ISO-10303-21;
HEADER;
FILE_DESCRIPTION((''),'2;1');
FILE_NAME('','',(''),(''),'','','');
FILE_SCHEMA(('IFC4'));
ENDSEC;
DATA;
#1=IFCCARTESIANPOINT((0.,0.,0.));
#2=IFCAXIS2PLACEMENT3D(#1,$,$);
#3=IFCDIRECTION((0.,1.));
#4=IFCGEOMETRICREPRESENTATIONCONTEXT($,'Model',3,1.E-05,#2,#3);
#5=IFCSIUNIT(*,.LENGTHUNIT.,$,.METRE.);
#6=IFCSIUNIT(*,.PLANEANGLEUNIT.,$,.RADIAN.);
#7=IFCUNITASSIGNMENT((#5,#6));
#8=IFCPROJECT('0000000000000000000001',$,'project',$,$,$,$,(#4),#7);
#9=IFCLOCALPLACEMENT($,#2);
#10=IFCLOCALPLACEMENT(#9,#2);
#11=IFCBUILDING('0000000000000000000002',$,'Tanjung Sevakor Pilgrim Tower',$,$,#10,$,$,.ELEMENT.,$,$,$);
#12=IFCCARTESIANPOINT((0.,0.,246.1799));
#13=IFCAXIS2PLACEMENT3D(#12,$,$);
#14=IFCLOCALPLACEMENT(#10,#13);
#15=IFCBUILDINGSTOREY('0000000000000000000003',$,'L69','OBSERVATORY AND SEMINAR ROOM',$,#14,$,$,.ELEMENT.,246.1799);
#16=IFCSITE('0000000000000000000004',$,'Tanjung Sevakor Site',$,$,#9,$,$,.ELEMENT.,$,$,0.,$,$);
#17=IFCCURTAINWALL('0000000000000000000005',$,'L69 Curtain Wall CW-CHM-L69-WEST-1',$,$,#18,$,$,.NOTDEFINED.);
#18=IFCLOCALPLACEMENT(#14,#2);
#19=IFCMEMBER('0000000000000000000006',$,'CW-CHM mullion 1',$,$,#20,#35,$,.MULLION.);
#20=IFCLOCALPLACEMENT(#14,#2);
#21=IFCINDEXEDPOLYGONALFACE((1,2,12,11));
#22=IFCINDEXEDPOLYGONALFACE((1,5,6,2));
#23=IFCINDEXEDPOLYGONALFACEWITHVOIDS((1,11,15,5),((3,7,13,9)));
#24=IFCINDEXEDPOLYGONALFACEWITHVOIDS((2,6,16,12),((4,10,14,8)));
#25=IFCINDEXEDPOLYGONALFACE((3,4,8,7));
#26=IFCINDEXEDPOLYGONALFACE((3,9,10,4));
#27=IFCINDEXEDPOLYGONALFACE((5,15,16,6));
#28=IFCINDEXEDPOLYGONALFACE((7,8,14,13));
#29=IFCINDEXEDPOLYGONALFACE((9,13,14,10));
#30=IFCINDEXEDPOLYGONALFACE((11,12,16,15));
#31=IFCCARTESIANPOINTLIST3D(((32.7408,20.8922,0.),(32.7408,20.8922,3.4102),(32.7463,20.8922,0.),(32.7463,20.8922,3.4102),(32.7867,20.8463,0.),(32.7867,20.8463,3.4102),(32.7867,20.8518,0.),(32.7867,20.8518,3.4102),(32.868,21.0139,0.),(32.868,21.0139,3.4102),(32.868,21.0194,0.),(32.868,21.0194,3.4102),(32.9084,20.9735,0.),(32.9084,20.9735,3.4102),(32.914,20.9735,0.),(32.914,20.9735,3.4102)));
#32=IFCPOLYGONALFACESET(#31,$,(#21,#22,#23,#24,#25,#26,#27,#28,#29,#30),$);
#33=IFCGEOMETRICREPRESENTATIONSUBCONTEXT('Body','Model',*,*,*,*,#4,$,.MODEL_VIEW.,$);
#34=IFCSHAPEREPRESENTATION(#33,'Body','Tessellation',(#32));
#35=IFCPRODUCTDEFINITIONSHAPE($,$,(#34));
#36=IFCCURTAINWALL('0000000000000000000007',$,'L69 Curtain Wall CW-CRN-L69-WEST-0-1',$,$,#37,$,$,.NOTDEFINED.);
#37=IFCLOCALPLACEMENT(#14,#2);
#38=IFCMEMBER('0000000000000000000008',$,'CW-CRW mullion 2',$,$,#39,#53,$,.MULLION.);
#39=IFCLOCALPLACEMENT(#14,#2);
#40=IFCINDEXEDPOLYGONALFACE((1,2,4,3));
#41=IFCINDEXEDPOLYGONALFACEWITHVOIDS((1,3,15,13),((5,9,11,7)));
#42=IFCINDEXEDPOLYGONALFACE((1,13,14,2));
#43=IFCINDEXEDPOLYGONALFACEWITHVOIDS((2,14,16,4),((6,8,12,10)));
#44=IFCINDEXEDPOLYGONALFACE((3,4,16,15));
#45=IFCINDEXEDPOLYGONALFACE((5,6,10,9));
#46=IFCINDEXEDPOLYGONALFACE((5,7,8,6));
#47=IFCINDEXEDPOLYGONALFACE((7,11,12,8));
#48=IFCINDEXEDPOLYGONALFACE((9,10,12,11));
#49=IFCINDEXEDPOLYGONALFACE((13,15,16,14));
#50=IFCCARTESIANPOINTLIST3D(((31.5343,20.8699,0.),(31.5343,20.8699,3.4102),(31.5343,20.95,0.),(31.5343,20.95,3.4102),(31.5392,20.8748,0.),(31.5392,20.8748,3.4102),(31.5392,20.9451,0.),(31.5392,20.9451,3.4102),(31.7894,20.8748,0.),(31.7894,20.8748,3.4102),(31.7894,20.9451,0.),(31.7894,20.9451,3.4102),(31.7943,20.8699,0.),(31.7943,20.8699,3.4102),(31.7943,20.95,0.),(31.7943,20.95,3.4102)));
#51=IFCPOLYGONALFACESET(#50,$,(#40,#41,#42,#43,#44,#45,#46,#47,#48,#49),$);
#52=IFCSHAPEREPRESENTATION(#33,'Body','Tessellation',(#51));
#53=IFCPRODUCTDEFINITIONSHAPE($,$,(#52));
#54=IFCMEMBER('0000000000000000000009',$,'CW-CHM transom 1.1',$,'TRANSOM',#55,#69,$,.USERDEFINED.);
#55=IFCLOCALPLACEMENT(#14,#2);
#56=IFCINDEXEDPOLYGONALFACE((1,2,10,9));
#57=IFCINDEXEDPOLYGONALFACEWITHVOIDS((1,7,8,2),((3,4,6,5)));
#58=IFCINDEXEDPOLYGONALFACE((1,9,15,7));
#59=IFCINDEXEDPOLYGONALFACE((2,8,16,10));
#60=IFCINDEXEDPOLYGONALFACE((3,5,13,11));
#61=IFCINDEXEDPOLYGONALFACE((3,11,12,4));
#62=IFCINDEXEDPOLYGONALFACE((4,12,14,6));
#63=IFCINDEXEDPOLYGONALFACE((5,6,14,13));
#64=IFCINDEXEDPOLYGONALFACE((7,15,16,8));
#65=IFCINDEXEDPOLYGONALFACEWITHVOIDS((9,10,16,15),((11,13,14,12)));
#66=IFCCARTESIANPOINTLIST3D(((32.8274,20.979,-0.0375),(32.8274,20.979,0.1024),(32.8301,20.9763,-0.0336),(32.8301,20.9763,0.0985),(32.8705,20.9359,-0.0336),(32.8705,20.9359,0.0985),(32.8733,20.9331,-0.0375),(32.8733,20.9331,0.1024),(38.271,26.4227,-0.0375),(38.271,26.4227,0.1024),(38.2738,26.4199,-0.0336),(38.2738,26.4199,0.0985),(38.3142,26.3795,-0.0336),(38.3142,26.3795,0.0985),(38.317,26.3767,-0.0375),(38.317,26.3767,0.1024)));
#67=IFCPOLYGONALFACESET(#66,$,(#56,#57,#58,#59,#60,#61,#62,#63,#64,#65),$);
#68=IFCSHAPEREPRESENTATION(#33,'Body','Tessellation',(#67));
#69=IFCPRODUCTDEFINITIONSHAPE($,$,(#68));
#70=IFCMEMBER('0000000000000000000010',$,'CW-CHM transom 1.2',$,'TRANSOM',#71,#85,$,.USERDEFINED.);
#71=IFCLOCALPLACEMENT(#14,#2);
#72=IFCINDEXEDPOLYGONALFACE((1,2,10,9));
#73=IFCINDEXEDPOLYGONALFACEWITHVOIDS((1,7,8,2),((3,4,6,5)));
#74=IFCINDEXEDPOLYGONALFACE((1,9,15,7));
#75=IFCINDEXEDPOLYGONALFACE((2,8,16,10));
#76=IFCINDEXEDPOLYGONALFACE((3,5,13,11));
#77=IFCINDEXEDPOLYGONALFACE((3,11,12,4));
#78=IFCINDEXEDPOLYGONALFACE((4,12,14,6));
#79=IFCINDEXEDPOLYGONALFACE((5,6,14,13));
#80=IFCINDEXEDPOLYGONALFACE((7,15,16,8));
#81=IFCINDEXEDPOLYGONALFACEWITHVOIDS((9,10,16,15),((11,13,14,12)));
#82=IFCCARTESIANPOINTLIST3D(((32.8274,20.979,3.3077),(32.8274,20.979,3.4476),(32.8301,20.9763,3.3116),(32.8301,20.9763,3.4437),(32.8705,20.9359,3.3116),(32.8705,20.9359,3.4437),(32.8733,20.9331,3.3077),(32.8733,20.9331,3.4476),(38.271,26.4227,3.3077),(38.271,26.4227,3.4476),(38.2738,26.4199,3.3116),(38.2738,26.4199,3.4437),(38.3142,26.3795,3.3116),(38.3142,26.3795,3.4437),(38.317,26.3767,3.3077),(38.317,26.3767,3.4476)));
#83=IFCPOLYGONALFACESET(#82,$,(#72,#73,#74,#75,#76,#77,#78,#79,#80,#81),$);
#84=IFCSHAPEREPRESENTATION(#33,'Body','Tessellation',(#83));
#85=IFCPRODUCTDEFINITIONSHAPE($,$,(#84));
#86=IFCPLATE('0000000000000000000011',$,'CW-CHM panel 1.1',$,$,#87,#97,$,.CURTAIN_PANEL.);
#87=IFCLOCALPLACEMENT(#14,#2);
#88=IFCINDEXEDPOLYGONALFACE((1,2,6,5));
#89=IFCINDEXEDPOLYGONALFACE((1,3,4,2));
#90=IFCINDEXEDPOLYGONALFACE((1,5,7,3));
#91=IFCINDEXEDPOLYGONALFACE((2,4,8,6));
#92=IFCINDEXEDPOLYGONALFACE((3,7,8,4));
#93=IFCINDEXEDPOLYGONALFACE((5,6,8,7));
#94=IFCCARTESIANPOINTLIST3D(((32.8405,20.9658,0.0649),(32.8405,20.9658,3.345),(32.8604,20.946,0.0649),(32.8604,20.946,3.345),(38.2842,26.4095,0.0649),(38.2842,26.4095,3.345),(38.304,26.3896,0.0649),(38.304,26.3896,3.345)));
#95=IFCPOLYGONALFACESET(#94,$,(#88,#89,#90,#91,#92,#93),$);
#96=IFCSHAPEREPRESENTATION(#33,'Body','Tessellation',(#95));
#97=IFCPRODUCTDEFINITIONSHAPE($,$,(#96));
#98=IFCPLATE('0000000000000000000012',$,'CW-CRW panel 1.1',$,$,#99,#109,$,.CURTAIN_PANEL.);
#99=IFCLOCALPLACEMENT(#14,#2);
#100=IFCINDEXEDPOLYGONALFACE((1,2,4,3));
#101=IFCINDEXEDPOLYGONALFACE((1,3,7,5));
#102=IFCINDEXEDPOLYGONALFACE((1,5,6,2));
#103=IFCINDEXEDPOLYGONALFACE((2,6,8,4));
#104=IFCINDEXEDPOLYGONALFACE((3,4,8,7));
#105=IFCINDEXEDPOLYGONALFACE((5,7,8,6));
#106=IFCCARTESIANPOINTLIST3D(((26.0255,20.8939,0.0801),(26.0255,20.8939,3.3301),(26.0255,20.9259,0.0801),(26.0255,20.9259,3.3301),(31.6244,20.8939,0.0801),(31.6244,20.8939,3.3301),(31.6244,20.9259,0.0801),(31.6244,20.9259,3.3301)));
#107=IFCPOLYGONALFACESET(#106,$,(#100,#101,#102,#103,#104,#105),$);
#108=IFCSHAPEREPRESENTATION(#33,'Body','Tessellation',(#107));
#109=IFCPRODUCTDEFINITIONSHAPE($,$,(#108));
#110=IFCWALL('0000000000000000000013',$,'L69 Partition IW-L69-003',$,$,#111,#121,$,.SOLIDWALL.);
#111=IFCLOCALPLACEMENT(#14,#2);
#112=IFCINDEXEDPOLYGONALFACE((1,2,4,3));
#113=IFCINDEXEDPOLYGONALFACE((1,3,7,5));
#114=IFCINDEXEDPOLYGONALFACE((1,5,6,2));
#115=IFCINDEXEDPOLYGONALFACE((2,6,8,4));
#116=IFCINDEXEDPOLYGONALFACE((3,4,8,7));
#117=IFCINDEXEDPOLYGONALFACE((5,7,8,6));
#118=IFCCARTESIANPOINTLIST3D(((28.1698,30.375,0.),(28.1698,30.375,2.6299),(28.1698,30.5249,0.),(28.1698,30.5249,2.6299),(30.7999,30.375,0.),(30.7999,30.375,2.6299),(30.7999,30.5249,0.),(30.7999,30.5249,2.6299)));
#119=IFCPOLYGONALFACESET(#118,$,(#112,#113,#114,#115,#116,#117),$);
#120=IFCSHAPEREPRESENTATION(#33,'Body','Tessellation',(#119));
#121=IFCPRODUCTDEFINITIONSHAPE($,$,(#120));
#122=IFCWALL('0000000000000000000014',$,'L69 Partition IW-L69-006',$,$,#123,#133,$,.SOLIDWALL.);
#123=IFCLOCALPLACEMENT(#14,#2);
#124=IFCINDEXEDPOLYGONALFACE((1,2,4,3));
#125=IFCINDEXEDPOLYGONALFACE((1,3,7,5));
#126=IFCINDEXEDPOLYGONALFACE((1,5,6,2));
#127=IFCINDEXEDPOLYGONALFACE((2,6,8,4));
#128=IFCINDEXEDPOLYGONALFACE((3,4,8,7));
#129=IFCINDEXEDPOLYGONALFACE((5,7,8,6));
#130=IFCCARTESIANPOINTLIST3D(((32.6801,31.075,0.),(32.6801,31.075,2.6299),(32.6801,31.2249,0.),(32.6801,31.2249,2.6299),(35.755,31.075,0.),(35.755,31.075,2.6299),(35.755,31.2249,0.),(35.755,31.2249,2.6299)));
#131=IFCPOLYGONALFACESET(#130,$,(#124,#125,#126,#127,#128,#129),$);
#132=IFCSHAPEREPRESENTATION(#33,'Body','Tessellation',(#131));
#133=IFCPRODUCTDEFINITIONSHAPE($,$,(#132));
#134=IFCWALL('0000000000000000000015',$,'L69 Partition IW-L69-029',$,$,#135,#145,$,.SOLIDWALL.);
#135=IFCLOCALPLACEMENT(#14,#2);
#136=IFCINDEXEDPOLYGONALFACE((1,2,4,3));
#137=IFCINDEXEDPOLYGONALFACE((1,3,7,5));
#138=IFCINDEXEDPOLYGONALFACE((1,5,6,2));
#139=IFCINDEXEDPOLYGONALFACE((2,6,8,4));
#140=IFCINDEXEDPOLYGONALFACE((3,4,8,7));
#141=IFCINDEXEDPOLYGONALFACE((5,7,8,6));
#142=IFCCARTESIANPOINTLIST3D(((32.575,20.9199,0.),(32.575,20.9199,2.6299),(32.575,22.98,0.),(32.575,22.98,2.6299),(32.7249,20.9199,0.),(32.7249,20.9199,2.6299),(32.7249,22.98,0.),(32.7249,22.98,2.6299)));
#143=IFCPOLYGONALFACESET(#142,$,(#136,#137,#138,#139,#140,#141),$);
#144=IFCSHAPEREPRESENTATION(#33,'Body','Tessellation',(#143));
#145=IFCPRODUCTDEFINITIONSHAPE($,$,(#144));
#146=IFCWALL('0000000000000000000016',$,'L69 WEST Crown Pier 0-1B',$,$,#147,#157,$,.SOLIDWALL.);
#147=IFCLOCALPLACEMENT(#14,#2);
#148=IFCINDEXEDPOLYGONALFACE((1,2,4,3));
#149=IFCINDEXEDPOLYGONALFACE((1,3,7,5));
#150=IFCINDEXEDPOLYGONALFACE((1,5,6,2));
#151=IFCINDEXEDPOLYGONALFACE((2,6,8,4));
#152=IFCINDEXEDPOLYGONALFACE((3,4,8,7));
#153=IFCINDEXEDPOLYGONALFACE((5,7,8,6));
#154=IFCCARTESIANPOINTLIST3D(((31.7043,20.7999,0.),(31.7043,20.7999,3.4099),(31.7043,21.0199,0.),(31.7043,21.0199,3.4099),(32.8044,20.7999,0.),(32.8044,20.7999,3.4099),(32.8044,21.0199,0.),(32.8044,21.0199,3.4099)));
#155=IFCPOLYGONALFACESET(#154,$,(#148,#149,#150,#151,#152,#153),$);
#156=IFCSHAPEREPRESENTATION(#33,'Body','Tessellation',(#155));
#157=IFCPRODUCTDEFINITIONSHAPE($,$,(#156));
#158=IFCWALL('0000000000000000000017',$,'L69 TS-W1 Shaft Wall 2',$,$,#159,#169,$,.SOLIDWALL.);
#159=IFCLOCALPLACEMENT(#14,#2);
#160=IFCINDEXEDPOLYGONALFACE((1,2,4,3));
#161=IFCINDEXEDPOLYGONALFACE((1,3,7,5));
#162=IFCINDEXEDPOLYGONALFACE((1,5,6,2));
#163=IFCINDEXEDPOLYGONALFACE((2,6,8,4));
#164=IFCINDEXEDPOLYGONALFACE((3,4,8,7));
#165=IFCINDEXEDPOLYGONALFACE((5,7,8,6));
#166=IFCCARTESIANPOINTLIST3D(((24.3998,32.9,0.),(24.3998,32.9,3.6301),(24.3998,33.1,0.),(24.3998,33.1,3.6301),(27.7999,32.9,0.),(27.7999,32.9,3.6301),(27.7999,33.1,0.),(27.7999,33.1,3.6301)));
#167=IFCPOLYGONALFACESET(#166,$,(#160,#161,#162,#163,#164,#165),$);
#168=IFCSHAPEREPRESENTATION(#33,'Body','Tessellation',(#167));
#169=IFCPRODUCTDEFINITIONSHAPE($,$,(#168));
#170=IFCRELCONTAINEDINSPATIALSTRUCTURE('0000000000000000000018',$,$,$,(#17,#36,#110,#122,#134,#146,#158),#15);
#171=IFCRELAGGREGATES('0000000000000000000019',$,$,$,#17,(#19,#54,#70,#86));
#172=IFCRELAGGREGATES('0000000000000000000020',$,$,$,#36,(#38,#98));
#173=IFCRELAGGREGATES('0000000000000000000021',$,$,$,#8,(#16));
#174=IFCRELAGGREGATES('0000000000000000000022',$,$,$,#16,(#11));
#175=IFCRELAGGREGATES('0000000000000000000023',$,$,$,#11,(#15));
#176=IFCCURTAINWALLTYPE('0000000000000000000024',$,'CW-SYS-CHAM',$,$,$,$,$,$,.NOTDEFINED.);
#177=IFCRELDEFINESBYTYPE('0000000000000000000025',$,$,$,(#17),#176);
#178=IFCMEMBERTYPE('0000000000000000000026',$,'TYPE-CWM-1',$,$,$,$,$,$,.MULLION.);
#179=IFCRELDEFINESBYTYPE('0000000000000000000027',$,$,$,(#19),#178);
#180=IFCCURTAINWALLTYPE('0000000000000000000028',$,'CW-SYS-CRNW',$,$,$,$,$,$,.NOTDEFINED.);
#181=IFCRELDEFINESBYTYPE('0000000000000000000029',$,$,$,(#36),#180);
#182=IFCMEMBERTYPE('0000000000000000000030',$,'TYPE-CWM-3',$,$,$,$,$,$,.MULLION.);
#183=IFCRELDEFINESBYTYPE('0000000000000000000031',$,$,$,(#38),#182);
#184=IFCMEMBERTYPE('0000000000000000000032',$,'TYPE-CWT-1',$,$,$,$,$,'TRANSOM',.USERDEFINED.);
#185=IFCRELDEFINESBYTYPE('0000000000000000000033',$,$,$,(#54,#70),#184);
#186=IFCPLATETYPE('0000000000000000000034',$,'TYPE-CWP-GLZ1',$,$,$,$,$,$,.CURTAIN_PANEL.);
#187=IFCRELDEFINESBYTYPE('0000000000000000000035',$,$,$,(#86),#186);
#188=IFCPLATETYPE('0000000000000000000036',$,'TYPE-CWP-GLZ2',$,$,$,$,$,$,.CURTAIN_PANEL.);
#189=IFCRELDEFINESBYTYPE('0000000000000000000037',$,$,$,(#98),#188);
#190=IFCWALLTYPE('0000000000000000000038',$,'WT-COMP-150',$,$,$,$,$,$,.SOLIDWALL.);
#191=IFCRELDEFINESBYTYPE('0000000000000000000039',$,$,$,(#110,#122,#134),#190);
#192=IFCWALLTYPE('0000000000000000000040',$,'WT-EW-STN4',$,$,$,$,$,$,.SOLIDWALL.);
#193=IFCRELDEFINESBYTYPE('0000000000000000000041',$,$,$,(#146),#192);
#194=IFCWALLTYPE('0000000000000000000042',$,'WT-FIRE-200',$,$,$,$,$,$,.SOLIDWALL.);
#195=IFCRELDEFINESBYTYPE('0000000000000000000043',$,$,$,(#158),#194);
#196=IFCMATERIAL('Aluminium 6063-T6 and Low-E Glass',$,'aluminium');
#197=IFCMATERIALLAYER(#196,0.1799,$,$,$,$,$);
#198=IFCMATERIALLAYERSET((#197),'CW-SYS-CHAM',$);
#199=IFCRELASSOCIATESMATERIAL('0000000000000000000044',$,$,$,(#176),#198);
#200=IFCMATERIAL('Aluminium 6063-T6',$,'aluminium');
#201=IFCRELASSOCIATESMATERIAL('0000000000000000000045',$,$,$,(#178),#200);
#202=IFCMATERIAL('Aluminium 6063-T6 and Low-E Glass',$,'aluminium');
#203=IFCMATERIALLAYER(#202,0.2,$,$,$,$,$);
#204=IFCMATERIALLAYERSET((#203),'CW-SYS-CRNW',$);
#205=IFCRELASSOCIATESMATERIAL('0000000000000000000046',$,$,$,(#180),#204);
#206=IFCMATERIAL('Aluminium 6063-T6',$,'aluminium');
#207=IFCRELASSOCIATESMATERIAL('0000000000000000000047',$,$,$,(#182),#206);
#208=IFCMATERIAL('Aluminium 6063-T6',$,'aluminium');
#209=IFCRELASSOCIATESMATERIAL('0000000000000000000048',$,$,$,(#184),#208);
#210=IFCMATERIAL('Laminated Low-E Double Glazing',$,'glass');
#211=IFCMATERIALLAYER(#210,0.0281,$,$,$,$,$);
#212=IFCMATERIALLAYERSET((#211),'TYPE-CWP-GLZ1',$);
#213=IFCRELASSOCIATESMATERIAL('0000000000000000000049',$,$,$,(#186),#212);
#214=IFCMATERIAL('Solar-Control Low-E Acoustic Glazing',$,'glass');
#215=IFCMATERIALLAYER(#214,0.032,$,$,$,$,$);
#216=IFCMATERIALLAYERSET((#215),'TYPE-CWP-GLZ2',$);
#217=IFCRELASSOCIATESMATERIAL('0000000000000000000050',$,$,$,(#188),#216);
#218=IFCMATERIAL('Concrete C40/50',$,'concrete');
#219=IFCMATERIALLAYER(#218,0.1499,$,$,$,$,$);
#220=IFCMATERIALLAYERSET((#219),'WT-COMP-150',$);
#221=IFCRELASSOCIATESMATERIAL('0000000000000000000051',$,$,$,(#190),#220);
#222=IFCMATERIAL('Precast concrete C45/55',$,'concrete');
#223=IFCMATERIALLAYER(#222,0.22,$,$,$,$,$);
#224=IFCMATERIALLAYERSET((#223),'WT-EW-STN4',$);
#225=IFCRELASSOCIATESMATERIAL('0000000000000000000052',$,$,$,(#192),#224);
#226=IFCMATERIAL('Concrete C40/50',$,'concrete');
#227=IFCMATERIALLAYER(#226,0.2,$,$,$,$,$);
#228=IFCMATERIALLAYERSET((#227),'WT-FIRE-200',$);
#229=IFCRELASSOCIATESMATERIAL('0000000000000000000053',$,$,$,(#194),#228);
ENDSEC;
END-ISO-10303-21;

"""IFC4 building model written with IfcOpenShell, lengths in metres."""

from ifc_helpers import new_model, si_unit, direction, frame, frame_2d, origin, origin_2d, place, context, subcontext, project, spatial, rectangle, hollow_rectangle, extrude, material, layer, layer_set, material_profile, profile_set, type_object, element, aggregate, save


model = new_model("IFC4")

# Units and contexts
model_context = context("Model", 3, precision=1e-05, world=origin(), true_north=direction((0.0, 1.0)))
body_context = subcontext(model_context, "Body", "Model", "MODEL_VIEW")
ifc_project = project(units=[si_unit("LENGTHUNIT", "METRE"), si_unit("PLANEANGLEUNIT", "RADIAN")], contexts=[model_context])

# Site, building, storey
site_placement = place(None, origin())
site = spatial("IfcSite", under=ifc_project, at=site_placement, Name="Tanjung Sevakor Site", CompositionType="ELEMENT", RefElevation=0.0)
building_placement = place(site_placement, origin())
building = spatial("IfcBuilding", under=site, at=building_placement, Name="Tanjung Sevakor Pilgrim Tower", CompositionType="ELEMENT")
storey_placement = place(building_placement, frame((0.0, 0.0, 246.1799)))
storey = spatial("IfcBuildingStorey", under=building, at=storey_placement, Name="L69", Description="OBSERVATORY AND SEMINAR ROOM", CompositionType="ELEMENT", Elevation=246.1799)

# Curtain walls, members
ifc_material_1 = material(Name="Aluminium 6063-T6 and Low-E Glass", Category="aluminium")
ifc_layer_1 = layer(ifc_material_1, 0.1799)
ifc_layer_set_1 = layer_set([ifc_layer_1], Name="CW-SYS-CHAM")
curtain_wall_type_1 = type_object("IfcCurtainWallType", Name="CW-SYS-CHAM", PredefinedType="NOTDEFINED", material=ifc_layer_set_1)
curtain_wall_1_placement = place(storey_placement, origin())
curtain_wall_1 = element("IfcCurtainWall", 1, at=curtain_wall_1_placement, inside=storey, type_object=curtain_wall_type_1, Name="L69 Curtain Wall CW-CHM-L69-WEST-1", PredefinedType="NOTDEFINED")
ifc_material_2 = material(Name="Aluminium 6063-T6", Category="aluminium")
ifc_material_profile_1 = material_profile(ifc_material_2, hollow_rectangle(XDim=0.0649, YDim=0.1799, WallThickness=0.0039, at=origin_2d()))
ifc_profile_set_1 = profile_set([ifc_material_profile_1], Name="Aluminium 6063-T6")
member_type_1 = type_object("IfcMemberType", Name="TYPE-CWM-1", PredefinedType="MULLION", material=ifc_profile_set_1)
member_1_placement = place(storey_placement, frame((32.8274, 20.9329, 0.0), z_axis=(0.0, 0.0, 1.0), x_axis=(-0.707107, 0.707107, 0.0)))
member_1 = element("IfcMember", 2, at=member_1_placement, type_object=member_type_1, Name="CW-CHM mullion 1", PredefinedType="MULLION", context=body_context, shape_type="SweptSolid", body=[
    extrude(hollow_rectangle(XDim=0.0649, YDim=0.1799, WallThickness=0.0039, at=origin_2d()), origin(), (0.0, 0.0, 1.0), 3.4102),
])
ifc_material_3 = material(Name="Aluminium 6063-T6 and Low-E Glass", Category="aluminium")
ifc_layer_2 = layer(ifc_material_3, 0.2)
ifc_layer_set_2 = layer_set([ifc_layer_2], Name="CW-SYS-CRNW")
curtain_wall_type_2 = type_object("IfcCurtainWallType", Name="CW-SYS-CRNW", PredefinedType="NOTDEFINED", material=ifc_layer_set_2)
curtain_wall_2_placement = place(storey_placement, origin())
curtain_wall_2 = element("IfcCurtainWall", 3, at=curtain_wall_2_placement, inside=storey, type_object=curtain_wall_type_2, Name="L69 Curtain Wall CW-CRN-L69-WEST-0-1", PredefinedType="NOTDEFINED")
ifc_material_4 = material(Name="Aluminium 6063-T6", Category="aluminium")
ifc_material_profile_2 = material_profile(ifc_material_4, hollow_rectangle(XDim=0.0801, YDim=0.26, WallThickness=0.0049, at=origin_2d()))
ifc_profile_set_2 = profile_set([ifc_material_profile_2], Name="Aluminium 6063-T6")
member_type_2 = type_object("IfcMemberType", Name="TYPE-CWM-3", PredefinedType="MULLION", material=ifc_profile_set_2)
member_2_placement = place(storey_placement, frame((31.6643, 20.9099, 0.0), z_axis=(0.0, 0.0, 1.0), x_axis=(0.0, 1.0, 0.0)))
member_2 = element("IfcMember", 4, at=member_2_placement, type_object=member_type_2, Name="CW-CRW mullion 2", PredefinedType="MULLION", context=body_context, shape_type="SweptSolid", body=[
    extrude(hollow_rectangle(XDim=0.0801, YDim=0.26, WallThickness=0.0049, at=origin_2d()), origin(), (0.0, 0.0, 1.0), 3.4102),
])

# Members
ifc_material_5 = material(Name="Aluminium 6063-T6", Category="aluminium")
ifc_material_profile_3 = material_profile(ifc_material_5, hollow_rectangle(XDim=0.0649, YDim=0.1399, WallThickness=0.0039, at=origin_2d()))
ifc_profile_set_3 = profile_set([ifc_material_profile_3], Name="Aluminium 6063-T6")
member_type_3 = type_object("IfcMemberType", Name="TYPE-CWT-1", ElementType="TRANSOM", PredefinedType="USERDEFINED", material=ifc_profile_set_3)
member_3_placement = place(storey_placement, frame((32.8503, 20.9561, 0.0325), z_axis=(0.707107, 0.707107, 0.0), x_axis=(-0.707107, 0.707107, 0.0)))
member_3 = element("IfcMember", 5, at=member_3_placement, type_object=member_type_3, Name="CW-CHM transom 1.1", ObjectType="TRANSOM", PredefinedType="USERDEFINED", context=body_context, shape_type="SweptSolid", body=[
    extrude(hollow_rectangle(XDim=0.0649, YDim=0.1399, WallThickness=0.0039, at=origin_2d()), origin(), (0.0, 0.0, 1.0), 7.6985),
])
member_4_placement = place(storey_placement, frame((32.8503, 20.9561, 3.3777), z_axis=(0.707107, 0.707107, 0.0), x_axis=(-0.707107, 0.707107, 0.0)))
member_4 = element("IfcMember", 6, at=member_4_placement, type_object=member_type_3, Name="CW-CHM transom 1.2", ObjectType="TRANSOM", PredefinedType="USERDEFINED", context=body_context, shape_type="SweptSolid", body=[
    extrude(hollow_rectangle(XDim=0.0649, YDim=0.1399, WallThickness=0.0039, at=origin_2d()), origin(), (0.0, 0.0, 1.0), 7.6985),
])

# Plates
ifc_material_6 = material(Name="Laminated Low-E Double Glazing", Category="glass")
ifc_layer_3 = layer(ifc_material_6, 0.0281)
ifc_layer_set_3 = layer_set([ifc_layer_3], Name="TYPE-CWP-GLZ1")
plate_type_1 = type_object("IfcPlateType", Name="TYPE-CWP-GLZ1", PredefinedType="CURTAIN_PANEL", material=ifc_layer_set_3)
plate_1_placement = place(storey_placement, frame((35.5723, 23.6777, 0.0649), z_axis=(0.0, 0.0, 1.0), x_axis=(0.707107, 0.707107, 0.0)))
plate_1 = element("IfcPlate", 7, at=plate_1_placement, type_object=plate_type_1, Name="CW-CHM panel 1.1", PredefinedType="CURTAIN_PANEL", context=body_context, shape_type="SweptSolid", body=[
    extrude(rectangle(XDim=7.6985, YDim=0.0281, at=origin_2d()), origin(), (0.0, 0.0, 1.0), 3.28),
])
aggregate(curtain_wall_1, [member_1, member_3, member_4, plate_1])
ifc_material_7 = material(Name="Solar-Control Low-E Acoustic Glazing", Category="glass")
ifc_layer_4 = layer(ifc_material_7, 0.032)
ifc_layer_set_4 = layer_set([ifc_layer_4], Name="TYPE-CWP-GLZ2")
plate_type_2 = type_object("IfcPlateType", Name="TYPE-CWP-GLZ2", PredefinedType="CURTAIN_PANEL", material=ifc_layer_set_4)
plate_2_placement = place(storey_placement, frame((28.825, 20.9099, 0.0801), z_axis=(0.0, 0.0, 1.0), x_axis=(1.0, 0.0, 0.0)))
plate_2 = element("IfcPlate", 8, at=plate_2_placement, type_object=plate_type_2, Name="CW-CRW panel 1.1", PredefinedType="CURTAIN_PANEL", context=body_context, shape_type="SweptSolid", body=[
    extrude(rectangle(XDim=5.5989, YDim=0.032, at=origin_2d()), origin(), (0.0, 0.0, 1.0), 3.25),
])
aggregate(curtain_wall_2, [member_2, plate_2])

# Wall
ifc_material_8 = material(Name="Concrete C40/50", Category="concrete")
ifc_layer_5 = layer(ifc_material_8, 0.1499)
ifc_layer_set_5 = layer_set([ifc_layer_5], Name="WT-COMP-150")
wall_type_1 = type_object("IfcWallType", Name="WT-COMP-150", PredefinedType="SOLIDWALL", material=ifc_layer_set_5)
wall_1_placement = place(storey_placement, frame((28.1699, 30.45, 0.0), z_axis=(0.0, 0.0, 1.0), x_axis=(1.0, 0.0, 0.0)))
element("IfcWall", 9, at=wall_1_placement, inside=storey, type_object=wall_type_1, Name="L69 Partition IW-L69-003", PredefinedType="SOLIDWALL", context=body_context, shape_type="SweptSolid", body=[
    extrude(rectangle(XDim=2.6301, YDim=0.1499, at=frame_2d((1.3149, 0.0))), origin(), (0.0, 0.0, 1.0), 2.6299),
])

# Wall
wall_2_placement = place(storey_placement, frame((32.6799, 31.1499, 0.0), z_axis=(0.0, 0.0, 1.0), x_axis=(1.0, 0.0, 0.0)))
element("IfcWall", 10, at=wall_2_placement, inside=storey, type_object=wall_type_1, Name="L69 Partition IW-L69-006", PredefinedType="SOLIDWALL", context=body_context, shape_type="SweptSolid", body=[
    extrude(rectangle(XDim=3.075, YDim=0.1499, at=frame_2d((1.5376, 0.0))), origin(), (0.0, 0.0, 1.0), 2.6299),
])

# Walls
wall_3_placement = place(storey_placement, frame((32.6499, 20.9199, 0.0), z_axis=(0.0, 0.0, 1.0), x_axis=(0.0, 1.0, 0.0)))
element("IfcWall", 11, at=wall_3_placement, inside=storey, type_object=wall_type_1, Name="L69 Partition IW-L69-029", PredefinedType="SOLIDWALL", context=body_context, shape_type="SweptSolid", body=[
    extrude(rectangle(XDim=2.0601, YDim=0.1499, at=frame_2d((1.03, 0.0))), origin(), (0.0, 0.0, 1.0), 2.6299),
])
ifc_material_9 = material(Name="Precast concrete C45/55", Category="concrete")
ifc_layer_6 = layer(ifc_material_9, 0.22)
ifc_layer_set_6 = layer_set([ifc_layer_6], Name="WT-EW-STN4")
wall_type_2 = type_object("IfcWallType", Name="WT-EW-STN4", PredefinedType="SOLIDWALL", material=ifc_layer_set_6)
wall_4_placement = place(storey_placement, frame((31.7043, 20.9099, 0.0), z_axis=(0.0, 0.0, 1.0), x_axis=(1.0, 0.0, 0.0)))
element("IfcWall", 12, at=wall_4_placement, inside=storey, type_object=wall_type_2, Name="L69 WEST Crown Pier 0-1B", PredefinedType="SOLIDWALL", context=body_context, shape_type="SweptSolid", body=[
    extrude(rectangle(XDim=1.1001, YDim=0.22, at=frame_2d((0.55, 0.0))), origin(), (0.0, 0.0, 1.0), 3.4099),
])
ifc_material_10 = material(Name="Concrete C40/50", Category="concrete")
ifc_layer_7 = layer(ifc_material_10, 0.2)
ifc_layer_set_7 = layer_set([ifc_layer_7], Name="WT-FIRE-200")
wall_type_3 = type_object("IfcWallType", Name="WT-FIRE-200", PredefinedType="SOLIDWALL", material=ifc_layer_set_7)
wall_5_placement = place(storey_placement, frame((27.8, 33.0, 0.0), z_axis=(0.0, 0.0, 1.0), x_axis=(-1.0, 0.0, 0.0)))
element("IfcWall", 13, at=wall_5_placement, inside=storey, type_object=wall_type_3, Name="L69 TS-W1 Shaft Wall 2", PredefinedType="SOLIDWALL", context=body_context, shape_type="SweptSolid", body=[
    extrude(rectangle(XDim=3.4001, YDim=0.2, at=frame_2d((1.7002, 0.0))), origin(), (0.0, 0.0, 1.0), 3.6301),
])

save(model, "model.ifc")
